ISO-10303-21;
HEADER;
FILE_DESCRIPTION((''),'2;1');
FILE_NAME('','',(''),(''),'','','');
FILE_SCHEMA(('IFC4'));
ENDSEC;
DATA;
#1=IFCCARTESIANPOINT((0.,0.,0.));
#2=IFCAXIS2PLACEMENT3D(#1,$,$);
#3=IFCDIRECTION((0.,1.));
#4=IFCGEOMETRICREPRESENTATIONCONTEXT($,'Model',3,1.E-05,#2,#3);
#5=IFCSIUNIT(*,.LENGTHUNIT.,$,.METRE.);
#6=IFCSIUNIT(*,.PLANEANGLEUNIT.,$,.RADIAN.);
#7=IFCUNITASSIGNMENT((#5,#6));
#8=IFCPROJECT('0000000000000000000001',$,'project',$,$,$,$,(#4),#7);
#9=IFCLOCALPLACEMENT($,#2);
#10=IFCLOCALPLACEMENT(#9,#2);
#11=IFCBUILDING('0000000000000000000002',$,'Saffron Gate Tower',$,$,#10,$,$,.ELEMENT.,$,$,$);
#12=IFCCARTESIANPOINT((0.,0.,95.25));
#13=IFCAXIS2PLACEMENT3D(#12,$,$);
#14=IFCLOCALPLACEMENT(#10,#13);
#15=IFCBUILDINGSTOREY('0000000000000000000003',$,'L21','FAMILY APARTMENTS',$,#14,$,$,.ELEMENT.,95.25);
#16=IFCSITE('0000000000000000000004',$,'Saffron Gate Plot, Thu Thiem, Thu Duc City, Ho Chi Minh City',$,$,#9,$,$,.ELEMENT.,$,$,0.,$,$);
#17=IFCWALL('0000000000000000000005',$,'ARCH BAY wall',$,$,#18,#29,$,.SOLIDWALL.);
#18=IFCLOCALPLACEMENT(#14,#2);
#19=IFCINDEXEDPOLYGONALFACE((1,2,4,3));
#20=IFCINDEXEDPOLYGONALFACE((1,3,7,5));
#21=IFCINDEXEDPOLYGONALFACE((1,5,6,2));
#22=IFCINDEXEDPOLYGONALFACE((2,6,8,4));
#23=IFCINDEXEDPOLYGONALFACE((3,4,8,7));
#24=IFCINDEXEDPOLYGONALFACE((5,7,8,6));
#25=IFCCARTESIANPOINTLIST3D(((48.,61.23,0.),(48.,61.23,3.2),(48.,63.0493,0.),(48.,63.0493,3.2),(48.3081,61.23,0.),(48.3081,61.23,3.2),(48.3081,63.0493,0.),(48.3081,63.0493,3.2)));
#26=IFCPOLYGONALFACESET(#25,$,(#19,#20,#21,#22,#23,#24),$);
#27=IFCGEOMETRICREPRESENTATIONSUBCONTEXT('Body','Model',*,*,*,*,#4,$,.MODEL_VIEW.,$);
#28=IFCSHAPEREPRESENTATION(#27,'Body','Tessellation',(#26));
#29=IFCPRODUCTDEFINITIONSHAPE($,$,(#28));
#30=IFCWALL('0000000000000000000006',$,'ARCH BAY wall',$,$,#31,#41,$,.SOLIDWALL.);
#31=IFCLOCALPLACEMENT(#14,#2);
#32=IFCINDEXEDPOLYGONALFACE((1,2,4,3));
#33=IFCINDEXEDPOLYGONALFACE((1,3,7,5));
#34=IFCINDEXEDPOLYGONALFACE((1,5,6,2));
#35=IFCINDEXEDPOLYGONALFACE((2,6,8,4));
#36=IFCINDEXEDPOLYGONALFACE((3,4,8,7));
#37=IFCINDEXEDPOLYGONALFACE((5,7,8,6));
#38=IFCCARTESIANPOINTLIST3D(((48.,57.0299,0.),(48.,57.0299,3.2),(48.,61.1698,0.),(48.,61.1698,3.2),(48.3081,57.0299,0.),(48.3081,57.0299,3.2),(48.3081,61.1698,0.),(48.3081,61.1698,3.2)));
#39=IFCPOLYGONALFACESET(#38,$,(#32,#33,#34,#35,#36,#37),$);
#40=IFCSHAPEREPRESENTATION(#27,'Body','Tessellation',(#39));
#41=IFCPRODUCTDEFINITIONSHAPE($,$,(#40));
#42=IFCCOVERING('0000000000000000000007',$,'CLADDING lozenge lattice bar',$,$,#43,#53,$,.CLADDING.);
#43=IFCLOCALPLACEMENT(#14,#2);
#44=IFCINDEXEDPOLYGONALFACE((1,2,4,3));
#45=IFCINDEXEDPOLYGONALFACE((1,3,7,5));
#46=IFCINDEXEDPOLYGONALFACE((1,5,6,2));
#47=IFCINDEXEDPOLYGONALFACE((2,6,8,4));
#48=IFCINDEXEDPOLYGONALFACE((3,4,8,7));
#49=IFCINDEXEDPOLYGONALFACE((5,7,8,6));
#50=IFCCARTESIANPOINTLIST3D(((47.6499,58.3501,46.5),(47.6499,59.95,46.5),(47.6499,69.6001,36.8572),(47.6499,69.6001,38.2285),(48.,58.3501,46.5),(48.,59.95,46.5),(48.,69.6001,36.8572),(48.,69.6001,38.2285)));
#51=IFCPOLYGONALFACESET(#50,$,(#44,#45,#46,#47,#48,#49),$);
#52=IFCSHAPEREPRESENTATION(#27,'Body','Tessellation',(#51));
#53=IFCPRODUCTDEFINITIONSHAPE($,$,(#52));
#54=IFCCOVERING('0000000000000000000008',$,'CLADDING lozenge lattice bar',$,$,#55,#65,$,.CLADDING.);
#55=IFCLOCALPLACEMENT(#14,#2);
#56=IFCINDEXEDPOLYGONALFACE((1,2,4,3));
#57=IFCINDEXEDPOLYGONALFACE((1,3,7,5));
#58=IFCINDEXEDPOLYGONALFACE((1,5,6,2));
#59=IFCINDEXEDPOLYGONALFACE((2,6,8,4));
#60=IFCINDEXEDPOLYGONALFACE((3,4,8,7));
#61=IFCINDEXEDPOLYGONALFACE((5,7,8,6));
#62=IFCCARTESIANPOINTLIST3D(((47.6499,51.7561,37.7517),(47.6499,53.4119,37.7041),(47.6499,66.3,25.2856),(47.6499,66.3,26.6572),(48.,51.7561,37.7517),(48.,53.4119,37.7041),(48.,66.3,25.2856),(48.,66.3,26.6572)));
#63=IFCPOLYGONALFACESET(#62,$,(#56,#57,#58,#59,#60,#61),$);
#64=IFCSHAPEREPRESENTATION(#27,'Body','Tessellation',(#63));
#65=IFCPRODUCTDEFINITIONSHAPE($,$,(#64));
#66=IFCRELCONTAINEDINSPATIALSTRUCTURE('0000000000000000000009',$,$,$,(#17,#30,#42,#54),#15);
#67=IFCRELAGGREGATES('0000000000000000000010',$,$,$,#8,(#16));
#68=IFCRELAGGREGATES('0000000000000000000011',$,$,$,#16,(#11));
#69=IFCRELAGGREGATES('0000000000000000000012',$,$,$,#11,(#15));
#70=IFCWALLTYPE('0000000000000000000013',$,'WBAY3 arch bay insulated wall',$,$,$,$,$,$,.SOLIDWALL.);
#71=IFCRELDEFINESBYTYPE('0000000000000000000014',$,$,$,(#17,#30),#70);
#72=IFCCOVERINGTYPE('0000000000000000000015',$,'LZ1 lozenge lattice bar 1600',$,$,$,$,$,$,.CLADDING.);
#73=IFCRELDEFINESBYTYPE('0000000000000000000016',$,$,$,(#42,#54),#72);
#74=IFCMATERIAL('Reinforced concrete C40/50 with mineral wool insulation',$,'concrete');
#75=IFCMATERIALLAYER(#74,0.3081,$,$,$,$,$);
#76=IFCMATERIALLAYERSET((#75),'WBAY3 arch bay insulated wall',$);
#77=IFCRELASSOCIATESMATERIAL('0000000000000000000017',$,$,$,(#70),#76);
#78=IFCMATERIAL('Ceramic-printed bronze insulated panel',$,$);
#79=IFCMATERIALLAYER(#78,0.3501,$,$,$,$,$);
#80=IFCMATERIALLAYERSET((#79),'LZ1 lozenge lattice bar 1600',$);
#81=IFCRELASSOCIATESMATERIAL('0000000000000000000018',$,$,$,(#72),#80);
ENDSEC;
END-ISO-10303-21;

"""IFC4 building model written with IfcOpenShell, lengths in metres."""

from ifc_helpers import new_model, si_unit, direction, frame, frame_2d, origin, place, context, subcontext, project, spatial, polyline, rectangle, outline, extrude, material, layer, layer_set, type_object, element, save


model = new_model("IFC4")

# Units and contexts
model_context = context("Model", 3, precision=1e-05, world=origin(), true_north=direction((0.0, 1.0)))
body_context = subcontext(model_context, "Body", "Model", "MODEL_VIEW")
ifc_project = project(units=[si_unit("LENGTHUNIT", "METRE"), si_unit("PLANEANGLEUNIT", "RADIAN")], contexts=[model_context])

# Site, building, storey
site_placement = place(None, origin())
site = spatial("IfcSite", under=ifc_project, at=site_placement, Name="Saffron Gate Plot, Thu Thiem, Thu Duc City, Ho Chi Minh City", CompositionType="ELEMENT", RefElevation=0.0)
building_placement = place(site_placement, origin())
building = spatial("IfcBuilding", under=site, at=building_placement, Name="Saffron Gate Tower", CompositionType="ELEMENT")
storey_placement = place(building_placement, frame((0.0, 0.0, 95.25)))
storey = spatial("IfcBuildingStorey", under=building, at=storey_placement, Name="L21", Description="FAMILY APARTMENTS", CompositionType="ELEMENT", Elevation=95.25)

# Walls
ifc_material_1 = material(Name="Reinforced concrete C40/50 with mineral wool insulation", Category="concrete")
ifc_layer_1 = layer(ifc_material_1, 0.3081)
ifc_layer_set_1 = layer_set([ifc_layer_1], Name="WBAY3 arch bay insulated wall")
wall_type_1 = type_object("IfcWallType", Name="WBAY3 arch bay insulated wall", PredefinedType="SOLIDWALL", material=ifc_layer_set_1)
wall_1_placement = place(storey_placement, frame((48.1541, 61.23, 0.0), z_axis=(0.0, 0.0, 1.0), x_axis=(0.0, 1.0, 0.0)))
element("IfcWall", 1, at=wall_1_placement, inside=storey, type_object=wall_type_1, Name="ARCH BAY wall", PredefinedType="SOLIDWALL", context=body_context, shape_type="SweptSolid", body=[
    extrude(rectangle(XDim=1.8193, YDim=0.3081, at=frame_2d((0.9097, 0.0))), origin(), (0.0, 0.0, 1.0), 3.2),
])
wall_2_placement = place(storey_placement, frame((48.1541, 57.03, 0.0), z_axis=(0.0, 0.0, 1.0), x_axis=(0.0, 1.0, 0.0)))
element("IfcWall", 2, at=wall_2_placement, inside=storey, type_object=wall_type_1, Name="ARCH BAY wall", PredefinedType="SOLIDWALL", context=body_context, shape_type="SweptSolid", body=[
    extrude(rectangle(XDim=4.1399, YDim=0.3081, at=frame_2d((2.0698, 0.0))), origin(), (0.0, 0.0, 1.0), 3.2),
])

# Coverings
ifc_material_2 = material(Name="Ceramic-printed bronze insulated panel")
ifc_layer_2 = layer(ifc_material_2, 0.3501)
ifc_layer_set_2 = layer_set([ifc_layer_2], Name="LZ1 lozenge lattice bar 1600")
covering_type = type_object("IfcCoveringType", Name="LZ1 lozenge lattice bar 1600", PredefinedType="CLADDING", material=ifc_layer_set_2)
covering_1_placement = place(storey_placement, frame((47.6499, 69.6001, 36.8572), z_axis=(-1.0, 0.0, 0.0), x_axis=(0.0, -0.759258, 0.65079)))
element("IfcCovering", 3, at=covering_1_placement, inside=storey, type_object=covering_type, Name="CLADDING lozenge lattice bar", PredefinedType="CLADDING", context=body_context, shape_type="SweptSolid", body=[
    extrude(outline(polyline([(0.0, 0.0), (14.8171, 0.0), (13.6024, 1.0412), (0.8925, 1.0412), (0.0, 0.0)])), origin(), (0.0, 0.0, -1.0), 0.3501),
])
covering_2_placement = place(storey_placement, frame((47.6499, 66.3, 26.6572), z_axis=(-1.0, 0.0, 0.0), x_axis=(0.0, 0.0, -1.0)))
element("IfcCovering", 4, at=covering_2_placement, inside=storey, type_object=covering_type, Name="CLADDING lozenge lattice bar", PredefinedType="CLADDING", context=body_context, shape_type="SweptSolid", body=[
    extrude(outline(polyline([(0.0, 0.0), (1.3716, 0.0), (-11.0945, 14.5439), (-11.0469, 12.8882), (0.0, 0.0)])), origin(), (0.0, 0.0, -1.0), 0.3501),
])

save(model, "model.ifc")
